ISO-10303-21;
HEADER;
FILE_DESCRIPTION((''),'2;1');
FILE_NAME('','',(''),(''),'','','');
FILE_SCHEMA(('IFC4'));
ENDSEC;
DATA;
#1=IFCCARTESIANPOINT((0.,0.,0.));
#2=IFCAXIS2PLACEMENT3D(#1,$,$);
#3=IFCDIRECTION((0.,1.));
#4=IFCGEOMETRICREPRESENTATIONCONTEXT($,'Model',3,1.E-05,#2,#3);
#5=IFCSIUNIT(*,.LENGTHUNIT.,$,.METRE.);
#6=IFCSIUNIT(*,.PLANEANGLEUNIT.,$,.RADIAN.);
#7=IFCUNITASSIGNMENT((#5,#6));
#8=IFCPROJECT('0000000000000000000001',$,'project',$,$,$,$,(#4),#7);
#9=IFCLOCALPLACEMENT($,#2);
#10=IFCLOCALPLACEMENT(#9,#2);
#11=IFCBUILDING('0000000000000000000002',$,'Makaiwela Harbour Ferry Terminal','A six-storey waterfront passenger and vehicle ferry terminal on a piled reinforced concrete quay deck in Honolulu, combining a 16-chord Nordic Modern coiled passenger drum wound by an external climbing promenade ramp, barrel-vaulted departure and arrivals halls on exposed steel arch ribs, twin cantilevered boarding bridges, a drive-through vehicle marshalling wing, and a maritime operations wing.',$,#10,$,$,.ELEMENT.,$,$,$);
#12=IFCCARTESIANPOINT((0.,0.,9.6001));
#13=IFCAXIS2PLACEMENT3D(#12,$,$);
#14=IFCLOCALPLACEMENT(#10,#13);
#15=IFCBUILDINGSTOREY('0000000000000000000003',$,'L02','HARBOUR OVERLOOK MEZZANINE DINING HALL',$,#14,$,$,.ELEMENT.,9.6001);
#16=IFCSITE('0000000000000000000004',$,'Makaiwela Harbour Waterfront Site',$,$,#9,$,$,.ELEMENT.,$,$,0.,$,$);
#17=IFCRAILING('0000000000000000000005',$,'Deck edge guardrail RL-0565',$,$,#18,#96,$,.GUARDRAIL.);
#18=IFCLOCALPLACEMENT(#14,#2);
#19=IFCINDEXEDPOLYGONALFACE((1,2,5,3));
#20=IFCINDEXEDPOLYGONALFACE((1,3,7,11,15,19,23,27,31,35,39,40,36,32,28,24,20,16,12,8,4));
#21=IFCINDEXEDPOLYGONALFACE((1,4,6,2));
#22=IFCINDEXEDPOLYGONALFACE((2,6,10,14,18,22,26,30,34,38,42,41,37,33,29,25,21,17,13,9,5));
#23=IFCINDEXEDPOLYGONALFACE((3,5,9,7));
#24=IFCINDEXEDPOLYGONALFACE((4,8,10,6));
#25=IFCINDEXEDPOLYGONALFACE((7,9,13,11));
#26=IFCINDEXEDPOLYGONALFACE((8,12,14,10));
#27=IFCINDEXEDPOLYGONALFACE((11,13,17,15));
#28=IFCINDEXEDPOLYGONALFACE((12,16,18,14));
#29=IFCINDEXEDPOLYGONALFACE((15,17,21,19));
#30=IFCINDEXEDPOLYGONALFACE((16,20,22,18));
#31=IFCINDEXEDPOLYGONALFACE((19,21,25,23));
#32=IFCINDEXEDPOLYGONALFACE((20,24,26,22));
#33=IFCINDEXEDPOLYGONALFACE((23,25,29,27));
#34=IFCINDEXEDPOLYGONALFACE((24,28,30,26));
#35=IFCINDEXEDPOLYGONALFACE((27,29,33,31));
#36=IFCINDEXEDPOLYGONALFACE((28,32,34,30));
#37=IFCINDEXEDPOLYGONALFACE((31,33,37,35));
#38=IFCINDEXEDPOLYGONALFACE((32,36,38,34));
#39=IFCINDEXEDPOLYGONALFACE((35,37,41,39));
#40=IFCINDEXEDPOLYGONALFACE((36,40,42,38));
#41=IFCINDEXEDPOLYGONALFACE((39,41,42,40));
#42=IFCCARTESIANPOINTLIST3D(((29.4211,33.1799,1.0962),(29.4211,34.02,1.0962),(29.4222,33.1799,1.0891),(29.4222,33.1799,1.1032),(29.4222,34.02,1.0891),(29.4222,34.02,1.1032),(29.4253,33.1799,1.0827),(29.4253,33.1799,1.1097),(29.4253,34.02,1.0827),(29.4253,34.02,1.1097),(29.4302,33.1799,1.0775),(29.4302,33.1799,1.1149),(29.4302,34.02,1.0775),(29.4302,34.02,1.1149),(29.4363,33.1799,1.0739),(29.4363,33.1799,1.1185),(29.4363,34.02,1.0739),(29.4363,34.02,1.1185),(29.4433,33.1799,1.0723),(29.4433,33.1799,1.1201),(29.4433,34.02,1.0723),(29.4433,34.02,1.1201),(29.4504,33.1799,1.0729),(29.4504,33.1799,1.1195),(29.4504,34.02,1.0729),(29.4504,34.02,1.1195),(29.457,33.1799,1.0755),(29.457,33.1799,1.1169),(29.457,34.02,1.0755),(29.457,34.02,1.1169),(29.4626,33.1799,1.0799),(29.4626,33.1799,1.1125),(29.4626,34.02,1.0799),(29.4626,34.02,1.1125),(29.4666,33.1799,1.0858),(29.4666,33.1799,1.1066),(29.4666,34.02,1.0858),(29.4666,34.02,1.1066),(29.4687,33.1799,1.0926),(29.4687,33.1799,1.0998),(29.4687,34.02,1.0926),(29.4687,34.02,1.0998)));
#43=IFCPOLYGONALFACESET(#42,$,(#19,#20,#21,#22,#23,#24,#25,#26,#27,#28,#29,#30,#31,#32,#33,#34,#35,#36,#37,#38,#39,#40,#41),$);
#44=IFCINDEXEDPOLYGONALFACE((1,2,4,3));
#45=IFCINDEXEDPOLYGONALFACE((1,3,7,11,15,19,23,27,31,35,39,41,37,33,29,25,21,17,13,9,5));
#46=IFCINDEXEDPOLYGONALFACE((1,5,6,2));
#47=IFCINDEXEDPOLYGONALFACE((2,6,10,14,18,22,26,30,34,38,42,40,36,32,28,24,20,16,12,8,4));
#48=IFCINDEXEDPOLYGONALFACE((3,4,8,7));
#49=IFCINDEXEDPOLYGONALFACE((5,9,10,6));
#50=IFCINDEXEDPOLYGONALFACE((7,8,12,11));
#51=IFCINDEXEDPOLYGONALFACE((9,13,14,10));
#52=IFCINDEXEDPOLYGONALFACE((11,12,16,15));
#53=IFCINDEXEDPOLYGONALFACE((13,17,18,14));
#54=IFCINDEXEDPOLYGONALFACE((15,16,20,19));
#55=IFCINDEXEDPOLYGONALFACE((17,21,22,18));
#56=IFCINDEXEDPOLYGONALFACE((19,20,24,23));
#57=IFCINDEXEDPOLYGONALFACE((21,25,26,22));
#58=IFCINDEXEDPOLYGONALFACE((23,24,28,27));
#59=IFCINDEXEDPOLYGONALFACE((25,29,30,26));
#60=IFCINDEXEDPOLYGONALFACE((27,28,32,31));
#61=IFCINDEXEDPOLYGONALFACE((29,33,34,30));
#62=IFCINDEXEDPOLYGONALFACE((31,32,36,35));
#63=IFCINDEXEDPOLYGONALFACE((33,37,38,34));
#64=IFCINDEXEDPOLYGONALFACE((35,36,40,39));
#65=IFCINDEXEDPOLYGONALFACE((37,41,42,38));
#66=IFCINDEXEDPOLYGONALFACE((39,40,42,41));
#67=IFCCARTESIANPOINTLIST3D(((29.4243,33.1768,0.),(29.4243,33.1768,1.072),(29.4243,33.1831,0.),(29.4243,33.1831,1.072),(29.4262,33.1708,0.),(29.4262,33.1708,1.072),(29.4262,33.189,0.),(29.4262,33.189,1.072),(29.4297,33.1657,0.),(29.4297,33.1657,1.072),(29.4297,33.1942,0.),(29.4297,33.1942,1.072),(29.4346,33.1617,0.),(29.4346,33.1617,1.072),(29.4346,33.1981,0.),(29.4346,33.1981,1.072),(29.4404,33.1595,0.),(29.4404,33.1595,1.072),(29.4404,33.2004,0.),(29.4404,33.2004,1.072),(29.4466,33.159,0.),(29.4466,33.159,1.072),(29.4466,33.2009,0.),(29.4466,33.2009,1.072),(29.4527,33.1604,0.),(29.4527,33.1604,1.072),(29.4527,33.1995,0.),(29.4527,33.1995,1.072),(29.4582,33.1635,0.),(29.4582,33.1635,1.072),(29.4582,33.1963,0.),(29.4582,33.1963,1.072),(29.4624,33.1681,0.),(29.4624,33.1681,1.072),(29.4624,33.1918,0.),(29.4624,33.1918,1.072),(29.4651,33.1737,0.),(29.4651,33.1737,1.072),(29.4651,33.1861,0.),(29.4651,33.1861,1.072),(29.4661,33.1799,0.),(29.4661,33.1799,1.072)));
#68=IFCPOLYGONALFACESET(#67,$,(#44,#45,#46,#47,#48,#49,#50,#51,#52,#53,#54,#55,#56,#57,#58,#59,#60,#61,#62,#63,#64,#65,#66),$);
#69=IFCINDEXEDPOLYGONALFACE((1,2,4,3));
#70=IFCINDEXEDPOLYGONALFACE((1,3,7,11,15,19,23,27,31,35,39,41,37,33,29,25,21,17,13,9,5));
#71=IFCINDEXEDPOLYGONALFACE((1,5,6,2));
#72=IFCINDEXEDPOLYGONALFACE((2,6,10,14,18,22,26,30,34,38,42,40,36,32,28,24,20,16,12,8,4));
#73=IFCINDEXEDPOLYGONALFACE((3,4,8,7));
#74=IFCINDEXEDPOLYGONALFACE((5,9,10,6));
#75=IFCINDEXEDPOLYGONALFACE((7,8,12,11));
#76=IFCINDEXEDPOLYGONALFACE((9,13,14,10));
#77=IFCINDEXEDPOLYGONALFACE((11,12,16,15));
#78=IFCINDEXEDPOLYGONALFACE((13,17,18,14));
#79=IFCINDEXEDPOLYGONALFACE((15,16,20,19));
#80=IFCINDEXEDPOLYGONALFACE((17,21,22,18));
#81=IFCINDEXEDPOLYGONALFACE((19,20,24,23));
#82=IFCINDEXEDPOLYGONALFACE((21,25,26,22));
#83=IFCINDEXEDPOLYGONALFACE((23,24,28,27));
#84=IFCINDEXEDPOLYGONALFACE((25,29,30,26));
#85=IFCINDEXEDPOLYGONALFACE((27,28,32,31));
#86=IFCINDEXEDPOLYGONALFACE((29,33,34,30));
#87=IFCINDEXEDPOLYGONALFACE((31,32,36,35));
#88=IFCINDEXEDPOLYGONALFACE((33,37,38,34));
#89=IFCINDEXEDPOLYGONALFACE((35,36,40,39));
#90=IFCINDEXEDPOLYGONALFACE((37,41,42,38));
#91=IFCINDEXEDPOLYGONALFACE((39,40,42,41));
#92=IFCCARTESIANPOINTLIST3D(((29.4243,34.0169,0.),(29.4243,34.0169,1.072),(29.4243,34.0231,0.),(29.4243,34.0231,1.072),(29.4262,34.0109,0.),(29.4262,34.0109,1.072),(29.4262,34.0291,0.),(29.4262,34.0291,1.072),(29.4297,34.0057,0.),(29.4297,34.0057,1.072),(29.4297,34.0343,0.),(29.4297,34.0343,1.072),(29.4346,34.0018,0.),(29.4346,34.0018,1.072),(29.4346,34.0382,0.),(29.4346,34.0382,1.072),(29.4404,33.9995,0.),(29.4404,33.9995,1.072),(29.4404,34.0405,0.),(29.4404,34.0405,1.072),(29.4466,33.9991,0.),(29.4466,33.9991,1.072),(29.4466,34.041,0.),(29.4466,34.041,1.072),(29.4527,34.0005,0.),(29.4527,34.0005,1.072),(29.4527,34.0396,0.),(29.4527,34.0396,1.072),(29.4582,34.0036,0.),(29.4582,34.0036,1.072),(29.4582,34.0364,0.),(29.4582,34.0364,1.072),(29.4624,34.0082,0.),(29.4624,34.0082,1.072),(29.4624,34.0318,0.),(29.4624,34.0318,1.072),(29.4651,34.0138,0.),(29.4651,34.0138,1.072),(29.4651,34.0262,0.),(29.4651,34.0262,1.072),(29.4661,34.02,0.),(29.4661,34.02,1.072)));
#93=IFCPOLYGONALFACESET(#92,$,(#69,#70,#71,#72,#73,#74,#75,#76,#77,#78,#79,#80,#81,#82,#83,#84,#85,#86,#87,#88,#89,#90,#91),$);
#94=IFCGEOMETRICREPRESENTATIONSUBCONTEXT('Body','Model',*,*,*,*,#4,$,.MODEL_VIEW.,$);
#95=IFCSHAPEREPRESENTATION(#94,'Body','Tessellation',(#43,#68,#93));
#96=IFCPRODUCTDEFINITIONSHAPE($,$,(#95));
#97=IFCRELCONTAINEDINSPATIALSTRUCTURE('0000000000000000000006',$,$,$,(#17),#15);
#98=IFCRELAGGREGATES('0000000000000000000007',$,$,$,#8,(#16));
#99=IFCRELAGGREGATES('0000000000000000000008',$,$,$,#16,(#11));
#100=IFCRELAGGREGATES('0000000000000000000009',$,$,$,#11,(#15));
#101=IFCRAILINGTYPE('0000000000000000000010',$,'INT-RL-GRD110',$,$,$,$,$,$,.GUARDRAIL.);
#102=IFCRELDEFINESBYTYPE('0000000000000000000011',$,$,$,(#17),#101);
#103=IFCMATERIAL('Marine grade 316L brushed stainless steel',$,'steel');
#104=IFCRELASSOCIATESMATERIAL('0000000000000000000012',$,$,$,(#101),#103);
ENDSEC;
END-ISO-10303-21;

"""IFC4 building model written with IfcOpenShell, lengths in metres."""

from ifc_helpers import new_model, si_unit, direction, frame, origin, origin_2d, place, context, subcontext, project, spatial, circle, extrude, material, type_object, element, save


model = new_model("IFC4")

# Units and contexts
model_context = context("Model", 3, precision=1e-05, world=origin(), true_north=direction((0.0, 1.0)))
body_context = subcontext(model_context, "Body", "Model", "MODEL_VIEW")
ifc_project = project(units=[si_unit("LENGTHUNIT", "METRE"), si_unit("PLANEANGLEUNIT", "RADIAN")], contexts=[model_context])

# Site, building, storey
site_placement = place(None, origin())
site = spatial("IfcSite", under=ifc_project, at=site_placement, Name="Makaiwela Harbour Waterfront Site", CompositionType="ELEMENT", RefElevation=0.0)
building_placement = place(site_placement, origin())
building = spatial("IfcBuilding", under=site, at=building_placement, Name="Makaiwela Harbour Ferry Terminal", Description="A six-storey waterfront passenger and vehicle ferry terminal on a piled reinforced concrete quay deck in Honolulu, combining a 16-chord Nordic Modern coiled passenger drum wound by an external climbing promenade ramp, barrel-vaulted departure and arrivals halls on exposed steel arch ribs, twin cantilevered boarding bridges, a drive-through vehicle marshalling wing, and a maritime operations wing.", CompositionType="ELEMENT")
storey_placement = place(building_placement, frame((0.0, 0.0, 9.6001)))
storey = spatial("IfcBuildingStorey", under=building, at=storey_placement, Name="L02", Description="HARBOUR OVERLOOK MEZZANINE DINING HALL", CompositionType="ELEMENT", Elevation=9.6001)

# Railing
ifc_material_1 = material(Name="Marine grade 316L brushed stainless steel", Category="steel")
railing_type = type_object("IfcRailingType", Name="INT-RL-GRD110", PredefinedType="GUARDRAIL", material=ifc_material_1)
railing_placement = place(storey_placement, frame((29.4451, 33.1799, 0.0)))
element("IfcRailing", 1, at=railing_placement, inside=storey, type_object=railing_type, Name="Deck edge guardrail RL-0565", PredefinedType="GUARDRAIL", context=body_context, shape_type="SweptSolid", body=[
    extrude(circle(Radius=0.0239, at=origin_2d()), frame((0.0, 0.0, 1.0962), z_axis=(0.0, 1.0, 0.0), x_axis=(-1.0, 0.0, 0.0)), (0.0, 0.0, 1.0), 0.8401),
    extrude(circle(Radius=0.021, at=origin_2d()), origin(), (0.0, 0.0, 1.0), 1.072),
    extrude(circle(Radius=0.021, at=origin_2d()), frame((0.0, 0.8401, 0.0)), (0.0, 0.0, 1.0), 1.072),
])

save(model, "model.ifc")
